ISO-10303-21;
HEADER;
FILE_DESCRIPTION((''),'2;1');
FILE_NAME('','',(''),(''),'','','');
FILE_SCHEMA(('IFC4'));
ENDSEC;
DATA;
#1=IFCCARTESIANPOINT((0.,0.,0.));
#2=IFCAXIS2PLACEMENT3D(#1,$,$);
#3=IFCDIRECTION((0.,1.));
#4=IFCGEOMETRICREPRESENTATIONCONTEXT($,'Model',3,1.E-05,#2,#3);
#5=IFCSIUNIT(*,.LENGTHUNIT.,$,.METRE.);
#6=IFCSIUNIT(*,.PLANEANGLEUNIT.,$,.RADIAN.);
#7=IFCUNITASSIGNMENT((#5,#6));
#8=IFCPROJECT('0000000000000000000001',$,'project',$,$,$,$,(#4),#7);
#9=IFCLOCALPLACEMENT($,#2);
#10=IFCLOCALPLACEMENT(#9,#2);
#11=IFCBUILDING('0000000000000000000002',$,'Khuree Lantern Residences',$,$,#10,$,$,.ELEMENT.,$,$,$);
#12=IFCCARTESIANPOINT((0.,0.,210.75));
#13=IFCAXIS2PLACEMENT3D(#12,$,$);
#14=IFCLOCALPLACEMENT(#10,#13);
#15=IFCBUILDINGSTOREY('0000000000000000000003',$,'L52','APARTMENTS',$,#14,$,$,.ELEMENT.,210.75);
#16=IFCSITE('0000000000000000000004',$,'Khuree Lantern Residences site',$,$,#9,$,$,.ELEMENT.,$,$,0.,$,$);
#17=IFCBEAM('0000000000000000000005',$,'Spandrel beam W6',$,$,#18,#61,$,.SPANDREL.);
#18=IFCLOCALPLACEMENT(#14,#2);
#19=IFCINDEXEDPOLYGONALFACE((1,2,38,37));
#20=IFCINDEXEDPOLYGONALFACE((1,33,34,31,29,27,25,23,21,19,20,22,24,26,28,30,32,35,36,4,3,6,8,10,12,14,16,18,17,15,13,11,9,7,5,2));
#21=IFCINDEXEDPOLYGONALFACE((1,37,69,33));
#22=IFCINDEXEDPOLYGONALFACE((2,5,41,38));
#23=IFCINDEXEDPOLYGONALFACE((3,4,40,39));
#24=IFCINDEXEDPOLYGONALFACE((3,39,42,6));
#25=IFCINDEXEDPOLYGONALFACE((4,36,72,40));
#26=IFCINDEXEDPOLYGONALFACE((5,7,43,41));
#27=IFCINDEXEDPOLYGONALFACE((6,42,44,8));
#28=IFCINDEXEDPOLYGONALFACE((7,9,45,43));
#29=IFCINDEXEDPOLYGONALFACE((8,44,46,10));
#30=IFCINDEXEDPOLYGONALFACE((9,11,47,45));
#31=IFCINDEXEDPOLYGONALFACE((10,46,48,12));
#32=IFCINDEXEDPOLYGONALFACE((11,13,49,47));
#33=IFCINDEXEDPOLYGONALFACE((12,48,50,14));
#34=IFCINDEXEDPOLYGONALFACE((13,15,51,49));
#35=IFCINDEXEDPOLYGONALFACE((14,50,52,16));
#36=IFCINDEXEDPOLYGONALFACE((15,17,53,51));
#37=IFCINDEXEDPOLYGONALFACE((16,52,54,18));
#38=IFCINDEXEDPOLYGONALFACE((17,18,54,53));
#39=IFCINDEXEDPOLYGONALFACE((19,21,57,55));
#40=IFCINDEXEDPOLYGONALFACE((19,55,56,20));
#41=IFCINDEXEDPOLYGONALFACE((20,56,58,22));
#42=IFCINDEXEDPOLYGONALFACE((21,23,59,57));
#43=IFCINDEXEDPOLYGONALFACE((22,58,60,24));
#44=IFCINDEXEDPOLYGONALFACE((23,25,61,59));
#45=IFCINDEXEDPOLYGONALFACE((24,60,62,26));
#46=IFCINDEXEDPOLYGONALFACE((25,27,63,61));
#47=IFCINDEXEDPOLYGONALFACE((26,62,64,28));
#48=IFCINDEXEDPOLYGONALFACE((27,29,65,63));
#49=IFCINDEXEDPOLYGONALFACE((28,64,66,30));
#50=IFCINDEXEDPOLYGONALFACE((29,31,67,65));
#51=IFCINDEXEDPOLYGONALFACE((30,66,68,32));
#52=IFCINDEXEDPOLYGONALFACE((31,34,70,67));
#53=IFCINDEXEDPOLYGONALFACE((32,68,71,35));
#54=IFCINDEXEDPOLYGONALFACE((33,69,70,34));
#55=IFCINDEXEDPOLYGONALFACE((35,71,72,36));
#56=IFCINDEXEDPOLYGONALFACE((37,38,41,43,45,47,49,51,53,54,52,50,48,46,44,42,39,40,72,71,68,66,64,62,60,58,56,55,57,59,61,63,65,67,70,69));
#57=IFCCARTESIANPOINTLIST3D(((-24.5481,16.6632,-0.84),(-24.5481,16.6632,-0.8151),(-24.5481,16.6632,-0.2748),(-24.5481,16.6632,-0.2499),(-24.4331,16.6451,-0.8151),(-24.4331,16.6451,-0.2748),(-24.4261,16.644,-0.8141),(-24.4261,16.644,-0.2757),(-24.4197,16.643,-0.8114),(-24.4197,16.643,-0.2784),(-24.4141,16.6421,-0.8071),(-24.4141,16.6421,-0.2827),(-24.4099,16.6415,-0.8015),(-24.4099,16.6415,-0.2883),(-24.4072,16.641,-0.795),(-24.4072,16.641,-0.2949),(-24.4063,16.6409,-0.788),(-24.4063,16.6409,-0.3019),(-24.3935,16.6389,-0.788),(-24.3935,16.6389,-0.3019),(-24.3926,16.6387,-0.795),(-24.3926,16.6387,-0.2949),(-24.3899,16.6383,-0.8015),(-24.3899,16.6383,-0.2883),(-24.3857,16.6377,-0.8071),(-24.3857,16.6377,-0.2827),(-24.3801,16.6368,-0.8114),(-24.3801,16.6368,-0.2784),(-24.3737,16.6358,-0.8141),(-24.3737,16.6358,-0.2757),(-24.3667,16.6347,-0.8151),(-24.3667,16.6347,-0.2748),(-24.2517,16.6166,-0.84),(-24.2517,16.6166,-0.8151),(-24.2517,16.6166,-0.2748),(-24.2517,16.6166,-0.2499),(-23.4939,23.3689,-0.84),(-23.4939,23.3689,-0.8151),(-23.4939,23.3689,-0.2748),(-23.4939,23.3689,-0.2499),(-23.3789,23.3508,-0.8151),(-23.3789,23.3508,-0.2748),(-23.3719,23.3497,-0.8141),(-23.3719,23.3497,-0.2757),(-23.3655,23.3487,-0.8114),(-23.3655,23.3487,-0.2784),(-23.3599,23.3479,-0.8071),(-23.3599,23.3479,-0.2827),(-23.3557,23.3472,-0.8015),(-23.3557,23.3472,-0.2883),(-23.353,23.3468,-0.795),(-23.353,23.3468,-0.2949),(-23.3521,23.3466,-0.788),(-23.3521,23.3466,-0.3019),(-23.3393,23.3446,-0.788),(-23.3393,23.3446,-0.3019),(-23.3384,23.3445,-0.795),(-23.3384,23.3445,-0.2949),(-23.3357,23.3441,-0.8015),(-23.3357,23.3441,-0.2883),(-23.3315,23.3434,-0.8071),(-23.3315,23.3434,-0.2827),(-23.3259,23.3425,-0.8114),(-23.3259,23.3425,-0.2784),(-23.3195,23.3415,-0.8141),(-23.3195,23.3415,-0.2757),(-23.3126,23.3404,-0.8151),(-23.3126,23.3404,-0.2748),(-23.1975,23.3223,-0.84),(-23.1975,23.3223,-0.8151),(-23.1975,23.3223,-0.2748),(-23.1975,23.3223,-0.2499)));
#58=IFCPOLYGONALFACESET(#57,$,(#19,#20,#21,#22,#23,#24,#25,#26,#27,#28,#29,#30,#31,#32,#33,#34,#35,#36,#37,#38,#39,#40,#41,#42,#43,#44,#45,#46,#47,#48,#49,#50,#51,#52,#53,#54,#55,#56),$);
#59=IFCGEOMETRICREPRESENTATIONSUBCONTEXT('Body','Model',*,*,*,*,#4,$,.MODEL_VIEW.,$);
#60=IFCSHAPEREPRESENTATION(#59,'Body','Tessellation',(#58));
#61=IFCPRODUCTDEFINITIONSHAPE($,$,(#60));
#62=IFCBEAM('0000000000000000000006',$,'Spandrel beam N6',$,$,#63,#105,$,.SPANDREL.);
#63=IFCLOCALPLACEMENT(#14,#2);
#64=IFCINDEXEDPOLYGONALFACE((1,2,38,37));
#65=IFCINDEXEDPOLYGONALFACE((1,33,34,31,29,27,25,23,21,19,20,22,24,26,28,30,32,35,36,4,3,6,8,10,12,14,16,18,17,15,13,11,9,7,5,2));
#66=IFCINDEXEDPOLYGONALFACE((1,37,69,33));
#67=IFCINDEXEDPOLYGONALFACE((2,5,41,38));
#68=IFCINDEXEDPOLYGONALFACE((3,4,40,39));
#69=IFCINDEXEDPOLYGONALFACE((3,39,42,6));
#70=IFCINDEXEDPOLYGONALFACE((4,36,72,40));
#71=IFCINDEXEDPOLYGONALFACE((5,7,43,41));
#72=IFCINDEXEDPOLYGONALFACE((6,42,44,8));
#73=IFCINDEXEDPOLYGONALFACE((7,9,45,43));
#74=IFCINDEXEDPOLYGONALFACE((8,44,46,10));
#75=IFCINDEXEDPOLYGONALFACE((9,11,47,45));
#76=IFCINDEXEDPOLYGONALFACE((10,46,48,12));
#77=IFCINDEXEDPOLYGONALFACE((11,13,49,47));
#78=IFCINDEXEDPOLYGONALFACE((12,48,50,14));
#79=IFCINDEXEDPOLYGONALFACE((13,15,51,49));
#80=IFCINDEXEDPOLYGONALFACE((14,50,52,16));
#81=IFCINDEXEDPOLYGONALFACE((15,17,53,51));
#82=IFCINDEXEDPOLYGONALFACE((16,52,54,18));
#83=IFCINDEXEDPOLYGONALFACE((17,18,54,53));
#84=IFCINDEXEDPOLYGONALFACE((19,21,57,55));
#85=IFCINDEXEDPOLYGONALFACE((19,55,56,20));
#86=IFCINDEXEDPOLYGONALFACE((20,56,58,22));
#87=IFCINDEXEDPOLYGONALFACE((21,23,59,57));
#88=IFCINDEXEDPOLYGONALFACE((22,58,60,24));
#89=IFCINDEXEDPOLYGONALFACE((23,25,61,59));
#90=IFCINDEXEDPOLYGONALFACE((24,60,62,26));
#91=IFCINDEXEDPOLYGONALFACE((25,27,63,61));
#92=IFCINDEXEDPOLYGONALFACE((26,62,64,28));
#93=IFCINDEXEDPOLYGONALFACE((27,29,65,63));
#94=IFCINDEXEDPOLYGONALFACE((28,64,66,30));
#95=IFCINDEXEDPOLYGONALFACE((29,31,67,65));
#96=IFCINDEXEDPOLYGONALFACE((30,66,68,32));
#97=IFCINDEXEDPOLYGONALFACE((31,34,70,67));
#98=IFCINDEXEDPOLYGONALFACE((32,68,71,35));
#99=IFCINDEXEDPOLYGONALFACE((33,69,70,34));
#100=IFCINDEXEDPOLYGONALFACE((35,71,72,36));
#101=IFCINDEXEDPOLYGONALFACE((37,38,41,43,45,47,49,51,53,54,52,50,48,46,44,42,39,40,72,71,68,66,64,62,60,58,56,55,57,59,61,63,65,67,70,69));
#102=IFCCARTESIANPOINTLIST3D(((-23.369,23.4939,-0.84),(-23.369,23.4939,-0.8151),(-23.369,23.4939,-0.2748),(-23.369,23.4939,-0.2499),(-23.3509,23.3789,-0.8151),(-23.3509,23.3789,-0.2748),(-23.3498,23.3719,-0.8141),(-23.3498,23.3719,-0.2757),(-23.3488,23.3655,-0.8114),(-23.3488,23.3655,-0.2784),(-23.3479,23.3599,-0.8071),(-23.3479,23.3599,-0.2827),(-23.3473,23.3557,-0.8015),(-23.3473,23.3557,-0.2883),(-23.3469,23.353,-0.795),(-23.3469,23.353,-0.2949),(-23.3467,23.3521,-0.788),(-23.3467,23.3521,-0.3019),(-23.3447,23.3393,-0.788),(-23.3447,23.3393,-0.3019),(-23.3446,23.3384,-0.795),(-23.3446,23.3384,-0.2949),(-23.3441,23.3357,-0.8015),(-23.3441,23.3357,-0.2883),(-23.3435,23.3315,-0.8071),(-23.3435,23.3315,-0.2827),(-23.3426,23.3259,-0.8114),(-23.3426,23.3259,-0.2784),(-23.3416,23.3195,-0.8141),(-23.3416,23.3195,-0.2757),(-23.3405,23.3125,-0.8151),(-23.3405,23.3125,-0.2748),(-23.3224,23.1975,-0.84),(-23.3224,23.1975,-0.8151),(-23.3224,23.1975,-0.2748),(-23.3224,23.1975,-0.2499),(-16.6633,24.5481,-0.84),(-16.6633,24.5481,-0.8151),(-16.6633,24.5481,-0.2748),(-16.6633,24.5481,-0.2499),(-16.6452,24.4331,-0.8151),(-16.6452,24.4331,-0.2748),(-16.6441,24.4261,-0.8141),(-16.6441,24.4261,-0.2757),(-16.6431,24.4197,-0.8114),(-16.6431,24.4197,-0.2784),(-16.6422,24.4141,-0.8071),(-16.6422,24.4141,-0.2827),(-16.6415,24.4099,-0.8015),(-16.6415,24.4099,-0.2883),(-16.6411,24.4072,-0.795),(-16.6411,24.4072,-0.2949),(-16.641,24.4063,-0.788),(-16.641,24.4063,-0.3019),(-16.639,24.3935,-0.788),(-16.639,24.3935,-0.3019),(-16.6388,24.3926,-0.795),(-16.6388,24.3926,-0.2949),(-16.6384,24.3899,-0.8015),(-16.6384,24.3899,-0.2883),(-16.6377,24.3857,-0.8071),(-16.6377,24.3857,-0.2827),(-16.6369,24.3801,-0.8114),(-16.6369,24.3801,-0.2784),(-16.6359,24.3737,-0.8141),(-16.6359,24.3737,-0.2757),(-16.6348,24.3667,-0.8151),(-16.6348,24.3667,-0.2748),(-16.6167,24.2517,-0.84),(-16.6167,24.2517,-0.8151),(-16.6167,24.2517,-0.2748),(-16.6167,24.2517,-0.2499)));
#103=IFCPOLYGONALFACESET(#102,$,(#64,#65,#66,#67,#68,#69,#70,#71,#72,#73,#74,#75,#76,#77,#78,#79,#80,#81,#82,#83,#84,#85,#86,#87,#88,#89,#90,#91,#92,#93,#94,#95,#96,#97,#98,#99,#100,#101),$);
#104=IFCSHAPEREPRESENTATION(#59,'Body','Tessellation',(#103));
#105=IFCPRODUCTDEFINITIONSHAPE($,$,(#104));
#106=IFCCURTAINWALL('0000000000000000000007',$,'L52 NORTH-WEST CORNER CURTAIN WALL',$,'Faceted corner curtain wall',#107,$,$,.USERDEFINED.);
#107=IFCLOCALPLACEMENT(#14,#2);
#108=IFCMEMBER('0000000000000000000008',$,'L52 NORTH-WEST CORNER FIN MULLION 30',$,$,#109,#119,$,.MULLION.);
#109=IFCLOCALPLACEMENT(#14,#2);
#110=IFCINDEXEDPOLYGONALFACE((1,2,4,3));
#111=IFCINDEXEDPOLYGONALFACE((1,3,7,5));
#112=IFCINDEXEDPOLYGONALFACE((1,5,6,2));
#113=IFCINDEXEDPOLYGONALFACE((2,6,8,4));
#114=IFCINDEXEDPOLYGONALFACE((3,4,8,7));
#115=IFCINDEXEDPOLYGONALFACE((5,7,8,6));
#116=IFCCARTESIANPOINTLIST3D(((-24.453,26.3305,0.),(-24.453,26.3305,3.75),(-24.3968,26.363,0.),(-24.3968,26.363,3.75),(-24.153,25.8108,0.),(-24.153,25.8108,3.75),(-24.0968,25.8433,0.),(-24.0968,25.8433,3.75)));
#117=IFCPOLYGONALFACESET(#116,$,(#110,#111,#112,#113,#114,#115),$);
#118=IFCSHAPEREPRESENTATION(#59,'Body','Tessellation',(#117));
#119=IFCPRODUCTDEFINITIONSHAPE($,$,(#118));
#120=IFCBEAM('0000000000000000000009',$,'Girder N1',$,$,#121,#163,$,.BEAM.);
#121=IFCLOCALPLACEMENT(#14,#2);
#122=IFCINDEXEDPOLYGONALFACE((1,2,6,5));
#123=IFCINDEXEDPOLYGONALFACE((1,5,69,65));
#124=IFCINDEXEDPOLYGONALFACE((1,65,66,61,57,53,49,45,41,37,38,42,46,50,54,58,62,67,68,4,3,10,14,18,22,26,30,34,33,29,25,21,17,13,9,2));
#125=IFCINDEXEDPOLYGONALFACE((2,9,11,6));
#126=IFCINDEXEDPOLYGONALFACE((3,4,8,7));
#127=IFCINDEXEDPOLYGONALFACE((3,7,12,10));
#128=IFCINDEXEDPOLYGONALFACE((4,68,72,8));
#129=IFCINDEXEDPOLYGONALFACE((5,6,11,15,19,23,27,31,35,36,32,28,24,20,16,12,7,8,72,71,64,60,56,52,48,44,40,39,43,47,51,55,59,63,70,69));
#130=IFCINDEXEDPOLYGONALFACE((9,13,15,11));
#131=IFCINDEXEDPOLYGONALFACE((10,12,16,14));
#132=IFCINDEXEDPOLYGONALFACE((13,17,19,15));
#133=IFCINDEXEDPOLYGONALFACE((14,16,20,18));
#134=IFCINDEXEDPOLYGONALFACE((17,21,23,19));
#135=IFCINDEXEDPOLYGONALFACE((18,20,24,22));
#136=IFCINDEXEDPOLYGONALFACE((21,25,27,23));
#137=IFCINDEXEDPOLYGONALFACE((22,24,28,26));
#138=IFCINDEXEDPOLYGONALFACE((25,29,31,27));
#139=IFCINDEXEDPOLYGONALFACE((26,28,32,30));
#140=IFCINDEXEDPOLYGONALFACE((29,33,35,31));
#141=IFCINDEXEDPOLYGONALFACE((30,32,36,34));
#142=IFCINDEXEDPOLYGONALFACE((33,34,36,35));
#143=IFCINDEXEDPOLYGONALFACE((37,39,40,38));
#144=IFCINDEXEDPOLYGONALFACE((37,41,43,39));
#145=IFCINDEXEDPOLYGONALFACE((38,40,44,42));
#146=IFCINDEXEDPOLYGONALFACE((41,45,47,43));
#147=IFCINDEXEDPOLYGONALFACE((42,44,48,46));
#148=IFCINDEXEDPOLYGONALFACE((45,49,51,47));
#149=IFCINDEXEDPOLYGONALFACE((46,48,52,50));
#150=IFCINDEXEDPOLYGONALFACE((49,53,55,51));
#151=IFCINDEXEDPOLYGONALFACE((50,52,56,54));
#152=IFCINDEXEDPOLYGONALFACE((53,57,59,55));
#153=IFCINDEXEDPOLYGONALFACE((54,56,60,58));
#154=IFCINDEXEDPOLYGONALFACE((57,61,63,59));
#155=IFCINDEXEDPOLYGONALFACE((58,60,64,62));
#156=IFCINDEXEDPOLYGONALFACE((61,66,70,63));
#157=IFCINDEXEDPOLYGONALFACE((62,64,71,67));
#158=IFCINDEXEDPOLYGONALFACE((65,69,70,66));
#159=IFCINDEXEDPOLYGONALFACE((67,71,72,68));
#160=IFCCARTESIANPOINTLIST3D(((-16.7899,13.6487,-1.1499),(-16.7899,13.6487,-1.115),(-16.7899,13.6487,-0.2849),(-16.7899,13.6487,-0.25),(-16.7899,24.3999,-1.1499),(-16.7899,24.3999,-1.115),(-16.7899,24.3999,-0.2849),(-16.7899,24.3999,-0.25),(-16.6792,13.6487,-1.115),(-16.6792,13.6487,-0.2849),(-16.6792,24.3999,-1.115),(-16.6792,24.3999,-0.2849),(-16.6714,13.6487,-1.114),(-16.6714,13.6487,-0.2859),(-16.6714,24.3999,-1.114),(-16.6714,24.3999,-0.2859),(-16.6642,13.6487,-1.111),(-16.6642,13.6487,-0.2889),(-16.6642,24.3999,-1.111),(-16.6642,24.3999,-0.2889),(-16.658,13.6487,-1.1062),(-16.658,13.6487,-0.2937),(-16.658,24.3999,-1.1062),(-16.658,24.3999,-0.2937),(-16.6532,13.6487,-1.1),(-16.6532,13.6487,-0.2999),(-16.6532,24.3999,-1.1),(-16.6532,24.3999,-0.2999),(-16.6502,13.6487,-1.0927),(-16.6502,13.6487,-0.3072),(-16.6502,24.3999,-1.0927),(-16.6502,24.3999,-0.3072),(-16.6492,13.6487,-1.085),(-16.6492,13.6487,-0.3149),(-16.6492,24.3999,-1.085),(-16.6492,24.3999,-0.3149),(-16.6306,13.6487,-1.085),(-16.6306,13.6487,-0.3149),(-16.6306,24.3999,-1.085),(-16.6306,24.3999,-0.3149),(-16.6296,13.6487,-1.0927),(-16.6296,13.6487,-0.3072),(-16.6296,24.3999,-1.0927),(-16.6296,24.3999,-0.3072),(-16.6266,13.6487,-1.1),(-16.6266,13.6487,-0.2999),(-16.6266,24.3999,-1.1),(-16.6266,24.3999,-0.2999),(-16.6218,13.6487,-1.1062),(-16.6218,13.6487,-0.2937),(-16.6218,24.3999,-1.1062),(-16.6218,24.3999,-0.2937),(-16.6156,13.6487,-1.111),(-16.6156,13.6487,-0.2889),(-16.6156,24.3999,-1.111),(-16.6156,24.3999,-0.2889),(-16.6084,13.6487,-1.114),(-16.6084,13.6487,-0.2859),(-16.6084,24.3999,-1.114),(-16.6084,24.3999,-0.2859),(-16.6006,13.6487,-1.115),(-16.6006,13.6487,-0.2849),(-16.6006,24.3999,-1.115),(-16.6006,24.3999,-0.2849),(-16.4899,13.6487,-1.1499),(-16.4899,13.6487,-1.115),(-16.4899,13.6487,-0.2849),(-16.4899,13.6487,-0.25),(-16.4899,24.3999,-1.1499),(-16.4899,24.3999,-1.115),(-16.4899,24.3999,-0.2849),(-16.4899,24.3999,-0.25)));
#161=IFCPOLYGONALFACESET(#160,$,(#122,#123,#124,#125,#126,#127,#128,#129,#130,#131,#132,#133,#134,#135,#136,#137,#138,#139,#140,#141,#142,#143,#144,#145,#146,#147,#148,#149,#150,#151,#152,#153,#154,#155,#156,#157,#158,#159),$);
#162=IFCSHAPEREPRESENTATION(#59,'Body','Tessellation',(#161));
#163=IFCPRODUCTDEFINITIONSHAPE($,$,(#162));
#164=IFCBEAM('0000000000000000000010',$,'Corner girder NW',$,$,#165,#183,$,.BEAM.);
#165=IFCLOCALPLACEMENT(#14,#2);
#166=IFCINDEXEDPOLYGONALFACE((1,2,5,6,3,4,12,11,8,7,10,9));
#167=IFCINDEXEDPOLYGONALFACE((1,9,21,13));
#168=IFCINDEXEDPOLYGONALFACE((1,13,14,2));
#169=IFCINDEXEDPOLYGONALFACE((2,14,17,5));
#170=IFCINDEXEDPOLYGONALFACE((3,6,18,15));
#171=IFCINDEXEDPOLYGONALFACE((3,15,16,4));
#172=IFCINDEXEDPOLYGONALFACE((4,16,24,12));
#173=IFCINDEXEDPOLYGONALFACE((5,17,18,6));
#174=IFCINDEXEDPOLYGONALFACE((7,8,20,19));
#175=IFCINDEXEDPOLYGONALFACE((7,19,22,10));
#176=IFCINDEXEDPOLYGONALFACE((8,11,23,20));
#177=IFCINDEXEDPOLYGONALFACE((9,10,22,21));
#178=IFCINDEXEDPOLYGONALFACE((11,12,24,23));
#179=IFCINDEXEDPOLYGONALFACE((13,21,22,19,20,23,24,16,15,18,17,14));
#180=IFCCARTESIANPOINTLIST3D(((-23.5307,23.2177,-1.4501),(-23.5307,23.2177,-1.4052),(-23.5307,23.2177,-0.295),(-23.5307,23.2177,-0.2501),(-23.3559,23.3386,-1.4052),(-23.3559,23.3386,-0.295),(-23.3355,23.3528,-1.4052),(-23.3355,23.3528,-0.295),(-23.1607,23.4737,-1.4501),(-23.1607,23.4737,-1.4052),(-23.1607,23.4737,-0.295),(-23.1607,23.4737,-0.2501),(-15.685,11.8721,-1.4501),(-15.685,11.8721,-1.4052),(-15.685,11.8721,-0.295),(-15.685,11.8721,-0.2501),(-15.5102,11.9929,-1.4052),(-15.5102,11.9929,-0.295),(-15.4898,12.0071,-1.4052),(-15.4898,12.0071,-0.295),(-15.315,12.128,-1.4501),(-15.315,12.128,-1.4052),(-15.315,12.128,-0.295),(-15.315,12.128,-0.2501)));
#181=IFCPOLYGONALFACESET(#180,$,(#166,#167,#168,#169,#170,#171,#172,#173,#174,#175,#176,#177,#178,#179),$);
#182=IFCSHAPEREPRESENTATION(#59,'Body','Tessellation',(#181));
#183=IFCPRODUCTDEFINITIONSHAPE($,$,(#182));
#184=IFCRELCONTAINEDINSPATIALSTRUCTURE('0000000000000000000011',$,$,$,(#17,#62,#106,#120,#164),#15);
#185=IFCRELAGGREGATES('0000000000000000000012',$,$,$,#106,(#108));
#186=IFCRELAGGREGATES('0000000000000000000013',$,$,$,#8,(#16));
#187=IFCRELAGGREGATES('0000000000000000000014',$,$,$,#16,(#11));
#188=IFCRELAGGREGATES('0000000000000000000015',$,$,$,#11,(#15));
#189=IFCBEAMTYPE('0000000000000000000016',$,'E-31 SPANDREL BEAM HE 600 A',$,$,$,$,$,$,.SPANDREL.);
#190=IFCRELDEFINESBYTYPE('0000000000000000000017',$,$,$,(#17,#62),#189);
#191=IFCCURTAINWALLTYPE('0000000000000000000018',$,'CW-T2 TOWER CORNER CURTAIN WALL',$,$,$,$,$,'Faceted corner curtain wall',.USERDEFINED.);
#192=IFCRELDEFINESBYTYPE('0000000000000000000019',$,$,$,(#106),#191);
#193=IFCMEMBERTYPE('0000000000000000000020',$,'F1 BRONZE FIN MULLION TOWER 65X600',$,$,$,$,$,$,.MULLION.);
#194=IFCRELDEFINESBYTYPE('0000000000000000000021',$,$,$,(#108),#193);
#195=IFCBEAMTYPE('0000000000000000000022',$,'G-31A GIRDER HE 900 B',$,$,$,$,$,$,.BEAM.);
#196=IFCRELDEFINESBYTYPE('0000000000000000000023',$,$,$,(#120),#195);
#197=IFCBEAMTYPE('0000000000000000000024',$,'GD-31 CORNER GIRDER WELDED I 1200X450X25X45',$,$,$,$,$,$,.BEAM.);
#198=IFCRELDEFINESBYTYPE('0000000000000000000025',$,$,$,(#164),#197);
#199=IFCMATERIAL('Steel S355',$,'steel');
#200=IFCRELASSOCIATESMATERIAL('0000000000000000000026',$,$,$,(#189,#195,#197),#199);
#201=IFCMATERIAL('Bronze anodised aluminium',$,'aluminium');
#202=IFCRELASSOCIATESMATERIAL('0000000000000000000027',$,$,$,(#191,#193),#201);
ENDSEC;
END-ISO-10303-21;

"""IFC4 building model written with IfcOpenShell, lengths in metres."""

from ifc_helpers import new_model, si_unit, direction, frame, origin, origin_2d, place, context, subcontext, project, spatial, rectangle, i_section, extrude, material, material_profile, profile_set, type_object, element, aggregate, save


model = new_model("IFC4")

# Units and contexts
model_context = context("Model", 3, precision=1e-05, world=origin(), true_north=direction((0.0, 1.0)))
body_context = subcontext(model_context, "Body", "Model", "MODEL_VIEW")
ifc_project = project(units=[si_unit("LENGTHUNIT", "METRE"), si_unit("PLANEANGLEUNIT", "RADIAN")], contexts=[model_context])

# Site, building, storey
site_placement = place(None, origin())
site = spatial("IfcSite", under=ifc_project, at=site_placement, Name="Khuree Lantern Residences site", CompositionType="ELEMENT", RefElevation=0.0)
building_placement = place(site_placement, origin())
building = spatial("IfcBuilding", under=site, at=building_placement, Name="Khuree Lantern Residences", CompositionType="ELEMENT")
storey_placement = place(building_placement, frame((0.0, 0.0, 210.75)))
storey = spatial("IfcBuildingStorey", under=building, at=storey_placement, Name="L52", Description="APARTMENTS", CompositionType="ELEMENT", Elevation=210.75)

# Beams
ifc_material_1 = material(Name="Steel S355", Category="steel")
ifc_material_profile_1 = material_profile(ifc_material_1, i_section(OverallWidth=0.3, OverallDepth=0.5901, WebThickness=0.0129, FlangeThickness=0.0249, FilletRadius=0.0271, at=origin_2d()), Name="HE 600 A")
ifc_profile_set_1 = profile_set([ifc_material_profile_1], Name="Steel S355")
beam_type_1 = type_object("IfcBeamType", Name="E-31 SPANDREL BEAM HE 600 A", PredefinedType="SPANDREL", material=ifc_profile_set_1)
for number, where, z_axis, x_axis, name in (
    (1, (-24.3999, 16.6399, -0.5449), (0.1553, 0.987867, 0.0), (-0.987867, 0.1553, 0.0), "Spandrel beam W6"),
    (2, (-23.3457, 23.3457, -0.5449), (0.987867, 0.1553, 0.0), (-0.1553, 0.987867, 0.0), "Spandrel beam N6"),
):
    element("IfcBeam", number, at=place(storey_placement, frame(where, z_axis=z_axis, x_axis=x_axis)), inside=storey, type_object=beam_type_1, Name=name, PredefinedType="SPANDREL", context=body_context, shape_type="SweptSolid", body=[
        extrude(i_section(OverallWidth=0.3, OverallDepth=0.5901, WebThickness=0.0129, FlangeThickness=0.0249, FilletRadius=0.0271, at=origin_2d()), origin(), (0.0, 0.0, 1.0), 6.7881),
    ])

# Curtain wall, member
ifc_material_2 = material(Name="Bronze anodised aluminium", Category="aluminium")
curtain_wall_type_1 = type_object("IfcCurtainWallType", Name="CW-T2 TOWER CORNER CURTAIN WALL", ElementType="Faceted corner curtain wall", PredefinedType="USERDEFINED", material=ifc_material_2)
curtain_wall_1_placement = place(storey_placement, origin())
curtain_wall_1 = element("IfcCurtainWall", 3, at=curtain_wall_1_placement, inside=storey, type_object=curtain_wall_type_1, Name="L52 NORTH-WEST CORNER CURTAIN WALL", ObjectType="Faceted corner curtain wall", PredefinedType="USERDEFINED")
ifc_material_profile_2 = material_profile(ifc_material_2, rectangle(XDim=0.0649, YDim=0.6001, at=origin_2d()), Name="F1 65X600")
ifc_profile_set_2 = profile_set([ifc_material_profile_2], Name="Bronze anodised aluminium")
member_type_1 = type_object("IfcMemberType", Name="F1 BRONZE FIN MULLION TOWER 65X600", PredefinedType="MULLION", material=ifc_profile_set_2)
member_1_placement = place(storey_placement, frame((-24.2749, 26.0869, 0.0), z_axis=(0.0, 0.0, 1.0), x_axis=(-0.866025, -0.5, 0.0)))
member_1 = element("IfcMember", 4, at=member_1_placement, type_object=member_type_1, Name="L52 NORTH-WEST CORNER FIN MULLION 30", PredefinedType="MULLION", context=body_context, shape_type="SweptSolid", body=[
    extrude(rectangle(XDim=0.0649, YDim=0.6001, at=origin_2d()), origin(), (0.0, 0.0, 1.0), 3.75),
])

# Beams
ifc_material_profile_3 = material_profile(ifc_material_1, i_section(OverallWidth=0.3, OverallDepth=0.8999, WebThickness=0.0186, FlangeThickness=0.0349, FilletRadius=0.03, at=origin_2d()), Name="HE 900 B")
ifc_profile_set_3 = profile_set([ifc_material_profile_3], Name="Steel S355")
beam_type_2 = type_object("IfcBeamType", Name="G-31A GIRDER HE 900 B", PredefinedType="BEAM", material=ifc_profile_set_3)
beam_1_placement = place(storey_placement, frame((-16.6399, 24.3999, -0.7), z_axis=(0.0, -1.0, 0.0), x_axis=(1.0, 0.0, 0.0)))
element("IfcBeam", 5, at=beam_1_placement, inside=storey, type_object=beam_type_2, Name="Girder N1", PredefinedType="BEAM", context=body_context, shape_type="SweptSolid", body=[
    extrude(i_section(OverallWidth=0.3, OverallDepth=0.8999, WebThickness=0.0186, FlangeThickness=0.0349, FilletRadius=0.03, at=origin_2d()), origin(), (0.0, 0.0, 1.0), 10.7512),
])
ifc_material_profile_4 = material_profile(ifc_material_1, i_section(OverallWidth=0.45, OverallDepth=1.2, WebThickness=0.0249, FlangeThickness=0.0449, at=origin_2d()), Name="WELDED I 1200X450X25X45")
ifc_profile_set_4 = profile_set([ifc_material_profile_4], Name="Steel S355")
beam_type_3 = type_object("IfcBeamType", Name="GD-31 CORNER GIRDER WELDED I 1200X450X25X45", PredefinedType="BEAM", material=ifc_profile_set_4)
beam_2_placement = place(storey_placement, frame((-23.3457, 23.3457, -0.8501), z_axis=(0.568768, -0.822498, 0.0), x_axis=(0.822498, 0.568768, 0.0)))
element("IfcBeam", 6, at=beam_2_placement, inside=storey, type_object=beam_type_3, Name="Corner girder NW", PredefinedType="BEAM", context=body_context, shape_type="SweptSolid", body=[
    extrude(i_section(OverallWidth=0.45, OverallDepth=1.2, WebThickness=0.0249, FlangeThickness=0.0449, at=origin_2d()), origin(), (0.0, 0.0, 1.0), 13.7942),
])

aggregate(curtain_wall_1, [member_1])

save(model, "model.ifc")
